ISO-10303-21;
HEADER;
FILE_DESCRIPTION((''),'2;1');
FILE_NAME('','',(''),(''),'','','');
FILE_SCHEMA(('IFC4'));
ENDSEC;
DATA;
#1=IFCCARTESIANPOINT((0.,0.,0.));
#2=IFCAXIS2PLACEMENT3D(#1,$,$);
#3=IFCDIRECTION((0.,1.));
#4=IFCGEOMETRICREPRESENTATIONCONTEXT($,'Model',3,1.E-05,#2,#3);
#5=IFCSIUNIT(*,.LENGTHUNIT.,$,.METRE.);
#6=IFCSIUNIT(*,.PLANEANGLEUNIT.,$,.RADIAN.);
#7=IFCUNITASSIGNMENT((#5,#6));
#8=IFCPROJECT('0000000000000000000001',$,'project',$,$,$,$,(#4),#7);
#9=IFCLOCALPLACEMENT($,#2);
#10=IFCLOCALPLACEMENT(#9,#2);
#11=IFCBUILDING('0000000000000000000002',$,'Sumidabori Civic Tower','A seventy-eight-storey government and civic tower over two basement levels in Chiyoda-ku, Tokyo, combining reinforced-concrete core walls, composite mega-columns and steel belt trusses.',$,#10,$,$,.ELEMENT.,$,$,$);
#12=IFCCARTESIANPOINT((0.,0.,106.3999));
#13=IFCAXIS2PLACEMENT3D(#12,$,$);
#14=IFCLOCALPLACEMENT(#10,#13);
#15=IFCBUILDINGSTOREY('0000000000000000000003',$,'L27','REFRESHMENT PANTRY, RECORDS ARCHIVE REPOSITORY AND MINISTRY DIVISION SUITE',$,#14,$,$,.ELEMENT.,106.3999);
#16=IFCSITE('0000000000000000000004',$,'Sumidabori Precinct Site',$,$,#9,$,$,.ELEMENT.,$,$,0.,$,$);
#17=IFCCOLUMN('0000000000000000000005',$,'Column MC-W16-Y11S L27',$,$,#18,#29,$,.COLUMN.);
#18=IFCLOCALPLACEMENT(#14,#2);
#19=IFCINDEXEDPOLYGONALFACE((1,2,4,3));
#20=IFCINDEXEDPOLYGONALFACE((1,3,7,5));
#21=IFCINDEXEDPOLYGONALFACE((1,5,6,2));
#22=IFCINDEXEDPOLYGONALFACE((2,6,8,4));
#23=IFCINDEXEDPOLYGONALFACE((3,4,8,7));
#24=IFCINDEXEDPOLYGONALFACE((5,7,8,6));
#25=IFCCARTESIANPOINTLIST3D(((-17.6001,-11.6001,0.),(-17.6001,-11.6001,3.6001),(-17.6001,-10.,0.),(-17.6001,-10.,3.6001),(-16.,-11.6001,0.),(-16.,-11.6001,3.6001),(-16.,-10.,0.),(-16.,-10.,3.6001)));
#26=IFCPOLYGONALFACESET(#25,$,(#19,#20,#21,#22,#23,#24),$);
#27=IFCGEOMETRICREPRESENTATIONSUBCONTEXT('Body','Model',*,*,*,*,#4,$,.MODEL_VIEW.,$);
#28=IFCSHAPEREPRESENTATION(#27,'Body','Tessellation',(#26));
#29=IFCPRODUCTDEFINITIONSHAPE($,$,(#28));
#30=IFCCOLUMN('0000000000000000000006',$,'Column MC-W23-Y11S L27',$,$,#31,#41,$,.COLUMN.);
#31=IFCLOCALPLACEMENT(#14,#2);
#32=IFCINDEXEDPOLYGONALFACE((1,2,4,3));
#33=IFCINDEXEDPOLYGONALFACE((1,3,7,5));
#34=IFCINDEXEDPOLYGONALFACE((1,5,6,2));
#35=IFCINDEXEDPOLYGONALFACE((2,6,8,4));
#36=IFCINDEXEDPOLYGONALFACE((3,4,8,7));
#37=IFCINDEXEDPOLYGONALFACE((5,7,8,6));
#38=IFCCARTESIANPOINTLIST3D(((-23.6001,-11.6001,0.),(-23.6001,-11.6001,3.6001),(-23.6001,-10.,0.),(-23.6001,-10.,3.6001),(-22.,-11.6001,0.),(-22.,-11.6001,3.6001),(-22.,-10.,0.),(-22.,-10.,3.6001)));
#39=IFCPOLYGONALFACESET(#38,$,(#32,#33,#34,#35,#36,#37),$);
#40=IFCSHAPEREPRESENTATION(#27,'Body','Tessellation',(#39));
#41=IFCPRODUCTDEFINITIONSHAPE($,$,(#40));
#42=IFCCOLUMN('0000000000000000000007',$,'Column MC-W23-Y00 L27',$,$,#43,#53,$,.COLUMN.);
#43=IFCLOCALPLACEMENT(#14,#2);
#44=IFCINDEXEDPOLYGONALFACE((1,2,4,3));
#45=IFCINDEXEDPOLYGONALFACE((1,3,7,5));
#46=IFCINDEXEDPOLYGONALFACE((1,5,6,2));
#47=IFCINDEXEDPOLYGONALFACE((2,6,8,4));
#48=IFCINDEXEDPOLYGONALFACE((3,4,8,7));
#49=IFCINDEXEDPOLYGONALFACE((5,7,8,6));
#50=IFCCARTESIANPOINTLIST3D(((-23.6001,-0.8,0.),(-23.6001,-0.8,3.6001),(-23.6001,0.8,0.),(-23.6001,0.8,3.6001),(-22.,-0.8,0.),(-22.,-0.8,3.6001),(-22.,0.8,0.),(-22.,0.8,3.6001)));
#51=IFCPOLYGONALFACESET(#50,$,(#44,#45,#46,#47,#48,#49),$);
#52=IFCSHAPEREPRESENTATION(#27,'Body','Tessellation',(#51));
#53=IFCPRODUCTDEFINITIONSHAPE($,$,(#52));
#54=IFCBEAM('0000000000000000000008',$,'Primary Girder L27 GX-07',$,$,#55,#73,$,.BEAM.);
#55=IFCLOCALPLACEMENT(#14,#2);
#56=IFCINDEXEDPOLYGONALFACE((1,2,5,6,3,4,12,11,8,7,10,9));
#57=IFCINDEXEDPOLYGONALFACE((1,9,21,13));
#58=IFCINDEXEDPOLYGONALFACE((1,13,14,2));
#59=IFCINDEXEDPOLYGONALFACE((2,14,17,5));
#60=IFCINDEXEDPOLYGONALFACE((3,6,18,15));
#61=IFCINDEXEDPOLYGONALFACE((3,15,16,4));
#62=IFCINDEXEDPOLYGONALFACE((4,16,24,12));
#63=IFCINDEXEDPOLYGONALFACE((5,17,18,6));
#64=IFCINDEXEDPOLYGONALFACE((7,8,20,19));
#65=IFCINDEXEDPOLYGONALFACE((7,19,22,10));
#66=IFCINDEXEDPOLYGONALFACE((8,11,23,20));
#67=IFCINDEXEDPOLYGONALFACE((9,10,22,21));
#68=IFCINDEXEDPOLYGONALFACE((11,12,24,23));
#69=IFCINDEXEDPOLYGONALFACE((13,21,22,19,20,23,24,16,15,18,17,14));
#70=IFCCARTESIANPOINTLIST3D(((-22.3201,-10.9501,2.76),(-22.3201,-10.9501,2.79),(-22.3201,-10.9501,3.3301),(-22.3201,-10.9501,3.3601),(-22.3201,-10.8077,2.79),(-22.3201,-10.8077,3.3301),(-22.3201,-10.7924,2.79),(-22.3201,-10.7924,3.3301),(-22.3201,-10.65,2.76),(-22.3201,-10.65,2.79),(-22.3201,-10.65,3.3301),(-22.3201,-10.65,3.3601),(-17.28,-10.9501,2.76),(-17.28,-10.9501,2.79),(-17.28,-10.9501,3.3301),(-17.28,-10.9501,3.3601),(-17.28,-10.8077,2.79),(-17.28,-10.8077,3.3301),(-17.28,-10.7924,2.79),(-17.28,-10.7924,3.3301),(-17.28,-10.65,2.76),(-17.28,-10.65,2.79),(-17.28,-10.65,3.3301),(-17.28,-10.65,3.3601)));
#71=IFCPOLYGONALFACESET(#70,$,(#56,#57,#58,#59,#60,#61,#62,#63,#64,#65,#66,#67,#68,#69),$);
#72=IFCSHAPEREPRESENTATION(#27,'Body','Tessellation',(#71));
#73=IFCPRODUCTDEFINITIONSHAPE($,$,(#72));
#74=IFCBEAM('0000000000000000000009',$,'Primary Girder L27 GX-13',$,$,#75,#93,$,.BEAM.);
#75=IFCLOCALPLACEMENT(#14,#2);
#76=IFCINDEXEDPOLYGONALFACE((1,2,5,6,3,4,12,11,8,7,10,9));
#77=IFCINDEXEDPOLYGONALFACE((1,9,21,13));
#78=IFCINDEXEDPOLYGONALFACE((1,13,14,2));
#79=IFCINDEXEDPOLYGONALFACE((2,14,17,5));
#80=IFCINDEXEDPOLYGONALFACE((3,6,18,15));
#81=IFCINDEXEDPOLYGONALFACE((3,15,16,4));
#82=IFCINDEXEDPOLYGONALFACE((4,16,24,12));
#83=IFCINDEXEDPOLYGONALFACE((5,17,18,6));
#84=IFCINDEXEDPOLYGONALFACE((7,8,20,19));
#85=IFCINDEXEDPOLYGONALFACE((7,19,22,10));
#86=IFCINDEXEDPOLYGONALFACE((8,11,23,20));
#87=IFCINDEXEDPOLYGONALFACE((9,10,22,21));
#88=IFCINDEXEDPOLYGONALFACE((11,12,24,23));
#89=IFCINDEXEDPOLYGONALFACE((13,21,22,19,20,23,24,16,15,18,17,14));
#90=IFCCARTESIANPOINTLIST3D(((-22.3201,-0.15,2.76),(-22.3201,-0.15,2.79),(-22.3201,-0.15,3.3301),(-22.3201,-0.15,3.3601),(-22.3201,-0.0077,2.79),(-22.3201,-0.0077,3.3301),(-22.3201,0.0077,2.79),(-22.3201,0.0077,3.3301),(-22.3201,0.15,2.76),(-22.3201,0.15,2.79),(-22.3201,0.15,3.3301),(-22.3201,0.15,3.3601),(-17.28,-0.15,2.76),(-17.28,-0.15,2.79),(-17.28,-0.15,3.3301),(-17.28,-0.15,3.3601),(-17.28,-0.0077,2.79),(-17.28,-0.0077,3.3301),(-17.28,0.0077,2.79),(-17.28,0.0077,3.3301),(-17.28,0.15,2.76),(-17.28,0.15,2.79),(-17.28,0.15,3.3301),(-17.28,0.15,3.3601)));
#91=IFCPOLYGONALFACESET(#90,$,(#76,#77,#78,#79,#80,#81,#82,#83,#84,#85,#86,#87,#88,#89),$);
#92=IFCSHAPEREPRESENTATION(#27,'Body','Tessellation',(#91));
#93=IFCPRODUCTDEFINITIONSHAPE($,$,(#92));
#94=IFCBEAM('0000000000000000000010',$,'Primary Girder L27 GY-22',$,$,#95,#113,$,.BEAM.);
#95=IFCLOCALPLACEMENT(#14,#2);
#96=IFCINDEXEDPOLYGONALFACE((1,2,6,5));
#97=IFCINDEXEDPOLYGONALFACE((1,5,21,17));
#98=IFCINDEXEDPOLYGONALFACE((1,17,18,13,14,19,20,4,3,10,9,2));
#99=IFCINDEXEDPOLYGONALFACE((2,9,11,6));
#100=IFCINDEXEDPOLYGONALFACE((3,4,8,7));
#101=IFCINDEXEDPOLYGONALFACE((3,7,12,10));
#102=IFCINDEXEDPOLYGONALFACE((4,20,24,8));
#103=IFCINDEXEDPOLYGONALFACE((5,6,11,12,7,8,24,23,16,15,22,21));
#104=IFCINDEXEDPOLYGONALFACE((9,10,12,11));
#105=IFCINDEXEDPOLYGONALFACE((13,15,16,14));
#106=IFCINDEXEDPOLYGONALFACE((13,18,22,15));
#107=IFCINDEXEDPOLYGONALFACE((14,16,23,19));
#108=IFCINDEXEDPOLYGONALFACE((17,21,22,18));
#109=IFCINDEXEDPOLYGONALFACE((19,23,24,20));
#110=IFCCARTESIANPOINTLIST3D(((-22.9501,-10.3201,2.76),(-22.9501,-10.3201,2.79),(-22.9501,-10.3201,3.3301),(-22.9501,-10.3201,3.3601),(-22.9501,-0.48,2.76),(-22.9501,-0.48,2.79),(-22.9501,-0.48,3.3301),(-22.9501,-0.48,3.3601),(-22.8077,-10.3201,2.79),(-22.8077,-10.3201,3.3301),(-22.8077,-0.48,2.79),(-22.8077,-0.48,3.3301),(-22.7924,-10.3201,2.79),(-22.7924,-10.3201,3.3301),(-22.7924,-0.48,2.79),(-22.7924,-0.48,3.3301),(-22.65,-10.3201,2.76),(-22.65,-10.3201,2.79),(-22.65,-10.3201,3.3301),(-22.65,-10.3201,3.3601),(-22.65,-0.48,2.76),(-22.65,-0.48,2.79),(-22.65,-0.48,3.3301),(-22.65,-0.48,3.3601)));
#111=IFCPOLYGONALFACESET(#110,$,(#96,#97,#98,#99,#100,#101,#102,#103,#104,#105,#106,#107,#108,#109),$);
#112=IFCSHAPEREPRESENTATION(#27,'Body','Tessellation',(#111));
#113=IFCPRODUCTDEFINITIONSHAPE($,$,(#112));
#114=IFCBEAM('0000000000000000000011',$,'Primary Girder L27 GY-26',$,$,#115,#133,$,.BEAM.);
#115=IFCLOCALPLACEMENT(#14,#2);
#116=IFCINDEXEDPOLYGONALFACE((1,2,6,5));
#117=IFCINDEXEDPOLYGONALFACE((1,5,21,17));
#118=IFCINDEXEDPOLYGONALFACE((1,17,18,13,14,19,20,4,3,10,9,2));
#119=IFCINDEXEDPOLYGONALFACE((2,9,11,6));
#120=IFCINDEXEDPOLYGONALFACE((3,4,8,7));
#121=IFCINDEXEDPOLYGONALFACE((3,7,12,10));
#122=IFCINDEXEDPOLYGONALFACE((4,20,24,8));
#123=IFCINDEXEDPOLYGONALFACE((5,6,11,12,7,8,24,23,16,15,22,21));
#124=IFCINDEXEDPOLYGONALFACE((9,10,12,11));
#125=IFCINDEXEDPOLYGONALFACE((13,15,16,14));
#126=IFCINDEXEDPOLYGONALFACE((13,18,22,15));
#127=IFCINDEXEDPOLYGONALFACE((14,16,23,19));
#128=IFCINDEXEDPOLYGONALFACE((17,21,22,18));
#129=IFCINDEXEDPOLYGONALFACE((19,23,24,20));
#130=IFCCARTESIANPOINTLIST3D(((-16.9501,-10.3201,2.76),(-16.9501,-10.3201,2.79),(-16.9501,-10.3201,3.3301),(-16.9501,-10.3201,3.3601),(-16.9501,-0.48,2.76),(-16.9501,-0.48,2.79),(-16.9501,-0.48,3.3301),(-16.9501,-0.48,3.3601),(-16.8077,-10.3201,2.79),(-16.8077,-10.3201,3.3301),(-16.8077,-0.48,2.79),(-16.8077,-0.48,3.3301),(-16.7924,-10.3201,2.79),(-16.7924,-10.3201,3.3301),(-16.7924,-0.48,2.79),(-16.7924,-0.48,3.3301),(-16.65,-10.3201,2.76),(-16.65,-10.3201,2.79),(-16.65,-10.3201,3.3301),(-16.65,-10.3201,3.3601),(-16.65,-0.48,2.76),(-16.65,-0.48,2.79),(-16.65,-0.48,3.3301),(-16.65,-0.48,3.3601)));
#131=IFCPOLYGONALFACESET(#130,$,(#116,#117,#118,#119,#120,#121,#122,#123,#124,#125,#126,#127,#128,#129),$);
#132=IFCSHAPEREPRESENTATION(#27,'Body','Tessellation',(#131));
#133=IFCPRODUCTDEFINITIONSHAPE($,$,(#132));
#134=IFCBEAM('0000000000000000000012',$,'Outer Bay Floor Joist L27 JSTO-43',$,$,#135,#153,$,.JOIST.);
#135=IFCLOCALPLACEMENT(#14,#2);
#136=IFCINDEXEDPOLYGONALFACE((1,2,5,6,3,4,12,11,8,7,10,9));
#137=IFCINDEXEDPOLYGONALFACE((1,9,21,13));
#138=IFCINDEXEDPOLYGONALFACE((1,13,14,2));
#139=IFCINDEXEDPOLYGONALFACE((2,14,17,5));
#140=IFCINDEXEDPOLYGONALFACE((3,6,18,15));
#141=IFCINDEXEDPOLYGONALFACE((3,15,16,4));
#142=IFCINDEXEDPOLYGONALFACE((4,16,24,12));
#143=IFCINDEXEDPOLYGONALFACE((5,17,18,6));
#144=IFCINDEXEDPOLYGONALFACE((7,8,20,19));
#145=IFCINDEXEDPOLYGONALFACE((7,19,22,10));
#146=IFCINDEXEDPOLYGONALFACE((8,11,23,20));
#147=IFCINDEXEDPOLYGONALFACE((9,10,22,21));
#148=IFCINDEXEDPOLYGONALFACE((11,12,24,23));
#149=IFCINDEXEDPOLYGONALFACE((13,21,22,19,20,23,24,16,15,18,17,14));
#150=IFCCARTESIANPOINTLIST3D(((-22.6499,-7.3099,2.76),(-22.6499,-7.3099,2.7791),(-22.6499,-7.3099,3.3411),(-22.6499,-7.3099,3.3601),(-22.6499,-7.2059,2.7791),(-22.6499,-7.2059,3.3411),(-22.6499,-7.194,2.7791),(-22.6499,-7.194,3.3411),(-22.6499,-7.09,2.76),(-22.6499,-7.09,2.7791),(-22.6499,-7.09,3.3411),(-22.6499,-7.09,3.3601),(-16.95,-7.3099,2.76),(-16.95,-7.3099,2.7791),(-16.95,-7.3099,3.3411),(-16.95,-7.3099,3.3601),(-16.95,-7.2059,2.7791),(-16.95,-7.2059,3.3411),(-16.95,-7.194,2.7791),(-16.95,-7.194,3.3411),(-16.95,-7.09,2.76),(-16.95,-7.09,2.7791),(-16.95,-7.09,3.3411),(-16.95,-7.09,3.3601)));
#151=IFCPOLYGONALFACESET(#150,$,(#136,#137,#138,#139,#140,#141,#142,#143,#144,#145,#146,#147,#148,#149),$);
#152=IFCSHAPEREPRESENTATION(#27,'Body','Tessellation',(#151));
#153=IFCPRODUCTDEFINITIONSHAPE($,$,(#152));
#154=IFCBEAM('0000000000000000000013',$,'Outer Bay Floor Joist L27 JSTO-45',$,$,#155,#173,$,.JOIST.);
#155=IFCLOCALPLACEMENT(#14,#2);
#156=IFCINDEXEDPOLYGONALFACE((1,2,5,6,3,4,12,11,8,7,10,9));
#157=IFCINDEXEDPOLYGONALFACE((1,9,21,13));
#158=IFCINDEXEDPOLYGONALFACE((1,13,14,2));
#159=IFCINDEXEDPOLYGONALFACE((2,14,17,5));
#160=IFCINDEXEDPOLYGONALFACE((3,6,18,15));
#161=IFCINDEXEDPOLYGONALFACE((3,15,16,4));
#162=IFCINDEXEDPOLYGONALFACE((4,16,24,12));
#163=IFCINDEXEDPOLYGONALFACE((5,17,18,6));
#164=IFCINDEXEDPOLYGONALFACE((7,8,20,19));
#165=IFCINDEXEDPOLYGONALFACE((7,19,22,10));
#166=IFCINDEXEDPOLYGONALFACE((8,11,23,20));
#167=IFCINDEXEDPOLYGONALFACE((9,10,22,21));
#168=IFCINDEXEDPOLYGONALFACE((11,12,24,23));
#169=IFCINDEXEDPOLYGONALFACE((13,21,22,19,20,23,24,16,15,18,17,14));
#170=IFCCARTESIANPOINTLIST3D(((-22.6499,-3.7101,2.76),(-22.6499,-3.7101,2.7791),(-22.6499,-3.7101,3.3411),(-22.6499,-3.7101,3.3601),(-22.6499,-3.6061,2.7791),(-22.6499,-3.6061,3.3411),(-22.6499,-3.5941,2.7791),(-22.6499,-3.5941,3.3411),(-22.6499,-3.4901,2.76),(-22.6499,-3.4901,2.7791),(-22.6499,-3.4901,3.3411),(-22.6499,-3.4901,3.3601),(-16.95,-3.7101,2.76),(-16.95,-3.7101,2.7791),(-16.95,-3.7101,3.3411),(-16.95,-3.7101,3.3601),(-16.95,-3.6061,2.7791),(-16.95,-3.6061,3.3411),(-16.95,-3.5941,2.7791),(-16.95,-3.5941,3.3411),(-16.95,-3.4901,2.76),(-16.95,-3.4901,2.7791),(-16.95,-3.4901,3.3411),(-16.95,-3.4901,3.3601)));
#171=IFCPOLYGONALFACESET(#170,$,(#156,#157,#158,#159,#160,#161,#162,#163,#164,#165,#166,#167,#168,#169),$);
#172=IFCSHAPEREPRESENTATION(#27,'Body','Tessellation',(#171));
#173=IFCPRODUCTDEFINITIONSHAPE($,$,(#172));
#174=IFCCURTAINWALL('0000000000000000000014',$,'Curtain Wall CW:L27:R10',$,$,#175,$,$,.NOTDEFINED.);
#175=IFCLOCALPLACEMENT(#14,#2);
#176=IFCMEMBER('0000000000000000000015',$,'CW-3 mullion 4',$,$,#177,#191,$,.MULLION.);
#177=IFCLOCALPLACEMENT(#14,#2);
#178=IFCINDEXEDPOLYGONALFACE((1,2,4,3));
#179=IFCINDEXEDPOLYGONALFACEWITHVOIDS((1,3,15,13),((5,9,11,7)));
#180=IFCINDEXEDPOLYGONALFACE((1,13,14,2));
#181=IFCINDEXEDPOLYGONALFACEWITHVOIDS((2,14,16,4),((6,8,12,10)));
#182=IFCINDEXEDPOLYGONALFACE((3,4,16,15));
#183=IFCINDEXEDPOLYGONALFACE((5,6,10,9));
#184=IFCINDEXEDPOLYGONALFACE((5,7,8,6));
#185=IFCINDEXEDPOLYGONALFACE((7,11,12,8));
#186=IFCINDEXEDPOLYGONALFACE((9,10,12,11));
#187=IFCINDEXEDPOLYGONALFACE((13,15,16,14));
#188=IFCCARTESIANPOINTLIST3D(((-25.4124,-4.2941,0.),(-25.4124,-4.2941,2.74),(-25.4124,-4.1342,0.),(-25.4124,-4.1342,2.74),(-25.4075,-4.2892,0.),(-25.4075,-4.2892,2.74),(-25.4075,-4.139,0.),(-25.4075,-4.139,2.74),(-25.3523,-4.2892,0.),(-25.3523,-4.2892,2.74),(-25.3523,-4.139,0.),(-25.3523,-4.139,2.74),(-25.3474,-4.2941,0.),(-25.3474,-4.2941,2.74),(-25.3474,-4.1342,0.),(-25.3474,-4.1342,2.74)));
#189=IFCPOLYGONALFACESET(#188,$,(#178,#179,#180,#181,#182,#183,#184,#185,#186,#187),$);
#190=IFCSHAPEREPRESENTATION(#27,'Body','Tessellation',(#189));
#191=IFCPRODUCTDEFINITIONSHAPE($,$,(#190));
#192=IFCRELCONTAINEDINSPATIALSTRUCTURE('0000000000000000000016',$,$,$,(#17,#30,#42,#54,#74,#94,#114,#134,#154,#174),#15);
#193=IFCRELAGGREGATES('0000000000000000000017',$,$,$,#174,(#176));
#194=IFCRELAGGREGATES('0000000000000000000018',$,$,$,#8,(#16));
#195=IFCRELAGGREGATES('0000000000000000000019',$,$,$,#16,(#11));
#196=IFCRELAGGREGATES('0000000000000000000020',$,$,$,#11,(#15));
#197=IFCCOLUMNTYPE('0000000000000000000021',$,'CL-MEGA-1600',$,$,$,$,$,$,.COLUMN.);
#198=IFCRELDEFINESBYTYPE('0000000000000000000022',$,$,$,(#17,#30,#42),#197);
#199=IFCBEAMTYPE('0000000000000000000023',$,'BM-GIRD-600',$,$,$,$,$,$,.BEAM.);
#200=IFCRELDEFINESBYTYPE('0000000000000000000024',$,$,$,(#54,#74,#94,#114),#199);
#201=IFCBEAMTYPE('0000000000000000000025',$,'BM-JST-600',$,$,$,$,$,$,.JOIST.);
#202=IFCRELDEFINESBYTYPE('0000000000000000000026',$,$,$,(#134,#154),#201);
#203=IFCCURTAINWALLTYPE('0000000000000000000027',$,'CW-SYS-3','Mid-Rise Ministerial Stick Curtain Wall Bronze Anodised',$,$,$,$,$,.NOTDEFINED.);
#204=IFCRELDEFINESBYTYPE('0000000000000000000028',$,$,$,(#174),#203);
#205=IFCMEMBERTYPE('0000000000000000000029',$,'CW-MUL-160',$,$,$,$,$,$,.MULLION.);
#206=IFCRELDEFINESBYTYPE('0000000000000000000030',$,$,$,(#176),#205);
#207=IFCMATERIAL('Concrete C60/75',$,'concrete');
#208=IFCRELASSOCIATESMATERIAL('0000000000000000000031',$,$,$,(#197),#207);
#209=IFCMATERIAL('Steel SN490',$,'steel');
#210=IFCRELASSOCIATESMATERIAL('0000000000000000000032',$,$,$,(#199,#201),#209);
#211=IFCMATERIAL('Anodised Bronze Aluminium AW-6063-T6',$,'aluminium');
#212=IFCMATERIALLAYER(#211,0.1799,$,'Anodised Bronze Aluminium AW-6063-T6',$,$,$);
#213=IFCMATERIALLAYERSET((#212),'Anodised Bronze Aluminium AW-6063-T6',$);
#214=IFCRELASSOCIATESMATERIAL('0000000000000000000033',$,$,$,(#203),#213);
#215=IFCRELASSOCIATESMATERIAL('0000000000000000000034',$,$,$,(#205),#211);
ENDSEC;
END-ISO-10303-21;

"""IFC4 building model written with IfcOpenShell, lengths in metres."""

from ifc_helpers import new_model, si_unit, direction, frame, origin, origin_2d, place, context, subcontext, project, spatial, rectangle, hollow_rectangle, i_section, extrude, source, transform, mapped, material, layer, layer_set, material_profile, profile_set, type_object, element, aggregate, save


model = new_model("IFC4")

# Units and contexts
model_context = context("Model", 3, precision=1e-05, world=origin(), true_north=direction((0.0, 1.0)))
body_context = subcontext(model_context, "Body", "Model", "MODEL_VIEW")
ifc_project = project(units=[si_unit("LENGTHUNIT", "METRE"), si_unit("PLANEANGLEUNIT", "RADIAN")], contexts=[model_context])

# Site, building, storey
site_placement = place(None, origin())
site = spatial("IfcSite", under=ifc_project, at=site_placement, Name="Sumidabori Precinct Site", CompositionType="ELEMENT", RefElevation=0.0)
building_placement = place(site_placement, origin())
building = spatial("IfcBuilding", under=site, at=building_placement, Name="Sumidabori Civic Tower", Description="A seventy-eight-storey government and civic tower over two basement levels in Chiyoda-ku, Tokyo, combining reinforced-concrete core walls, composite mega-columns and steel belt trusses.", CompositionType="ELEMENT")
storey_placement = place(building_placement, frame((0.0, 0.0, 106.3999)))
storey = spatial("IfcBuildingStorey", under=building, at=storey_placement, Name="L27", Description="REFRESHMENT PANTRY, RECORDS ARCHIVE REPOSITORY AND MINISTRY DIVISION SUITE", CompositionType="ELEMENT", Elevation=106.3999)

# Columns
ifc_material_1 = material(Name="Concrete C60/75", Category="concrete")
ifc_material_profile_1 = material_profile(ifc_material_1, rectangle(XDim=1.6001, YDim=1.6001, at=origin_2d()), Name="RC 1600x1600")
ifc_profile_set_1 = profile_set([ifc_material_profile_1], Name="Concrete C60/75")
column_type = type_object("IfcColumnType", Name="CL-MEGA-1600", PredefinedType="COLUMN", material=ifc_profile_set_1)
shared_shape_1 = source(origin(), body_context, "Body", "SweptSolid", [
    extrude(rectangle(XDim=1.6001, YDim=1.6001, at=origin_2d()), origin(), (0.0, 0.0, 1.0), 3.6001),
])
for number, where, z_axis, x_axis, name in (
    (1, (-16.8, -10.8, 0.0), (0.0, 0.0, 1.0), (1.0, 0.0, 0.0), "Column MC-W16-Y11S L27"),
    (2, (-22.8, -10.8, 0.0), (0.0, 0.0, 1.0), (1.0, 0.0, 0.0), "Column MC-W23-Y11S L27"),
    (3, (-22.8, 0.0, 0.0), (0.0, 0.0, 1.0), (1.0, 0.0, 0.0), "Column MC-W23-Y00 L27"),
):
    element("IfcColumn", number, at=place(storey_placement, frame(where, z_axis=z_axis, x_axis=x_axis)), inside=storey, type_object=column_type, Name=name, PredefinedType="COLUMN", context=body_context, shape_type="MappedRepresentation", body=[
        mapped(shared_shape_1, transform((0.0, 0.0, 0.0), x_axis=(1.0, 0.0, 0.0), y_axis=(0.0, 1.0, 0.0), z_axis=(0.0, 0.0, 1.0), scale=1.0)),
    ])

# Beams
ifc_material_2 = material(Name="Steel SN490", Category="steel")
ifc_material_profile_2 = material_profile(ifc_material_2, i_section(OverallWidth=0.3, OverallDepth=0.6001, WebThickness=0.0154, FlangeThickness=0.03, at=origin_2d()), Name="HE 600 B")
ifc_profile_set_2 = profile_set([ifc_material_profile_2], Name="Steel SN490")
beam_type_1 = type_object("IfcBeamType", Name="BM-GIRD-600", PredefinedType="BEAM", material=ifc_profile_set_2)
shared_shape_2 = source(origin(), body_context, "Body", "SweptSolid", [
    extrude(i_section(OverallWidth=0.3, OverallDepth=0.6001, WebThickness=0.0154, FlangeThickness=0.03, at=origin_2d()), origin(), (0.0, 0.0, 1.0), 5.04),
])
for number, where, z_axis, x_axis, name in (
    (4, (-22.3201, -10.8, 3.0601), (1.0, 0.0, 0.0), (0.0, 1.0, 0.0), "Primary Girder L27 GX-07"),
    (5, (-22.3201, 0.0, 3.0601), (1.0, 0.0, 0.0), (0.0, 1.0, 0.0), "Primary Girder L27 GX-13"),
):
    element("IfcBeam", number, at=place(storey_placement, frame(where, z_axis=z_axis, x_axis=x_axis)), inside=storey, type_object=beam_type_1, Name=name, PredefinedType="BEAM", context=body_context, shape_type="MappedRepresentation", body=[
        mapped(shared_shape_2, transform((0.0, 0.0, 0.0), x_axis=(1.0, 0.0, 0.0), y_axis=(0.0, 1.0, 0.0), z_axis=(0.0, 0.0, 1.0), scale=1.0)),
    ])
shared_shape_3 = source(origin(), body_context, "Body", "SweptSolid", [
    extrude(i_section(OverallWidth=0.3, OverallDepth=0.6001, WebThickness=0.0154, FlangeThickness=0.03, at=origin_2d()), origin(), (0.0, 0.0, 1.0), 9.8401),
])
for number, where, z_axis, x_axis, name in (
    (6, (-22.8, -10.3201, 3.0601), (0.0, 1.0, 0.0), (-1.0, 0.0, 0.0), "Primary Girder L27 GY-22"),
    (7, (-16.8, -10.3201, 3.0601), (0.0, 1.0, 0.0), (-1.0, 0.0, 0.0), "Primary Girder L27 GY-26"),
):
    element("IfcBeam", number, at=place(storey_placement, frame(where, z_axis=z_axis, x_axis=x_axis)), inside=storey, type_object=beam_type_1, Name=name, PredefinedType="BEAM", context=body_context, shape_type="MappedRepresentation", body=[
        mapped(shared_shape_3, transform((0.0, 0.0, 0.0), x_axis=(1.0, 0.0, 0.0), y_axis=(0.0, 1.0, 0.0), z_axis=(0.0, 0.0, 1.0), scale=1.0)),
    ])
ifc_material_profile_3 = material_profile(ifc_material_2, i_section(OverallWidth=0.22, OverallDepth=0.6001, WebThickness=0.012, FlangeThickness=0.019, at=origin_2d()), Name="IPE 600")
ifc_profile_set_3 = profile_set([ifc_material_profile_3], Name="Steel SN490")
beam_type_2 = type_object("IfcBeamType", Name="BM-JST-600", PredefinedType="JOIST", material=ifc_profile_set_3)
shared_shape_4 = source(origin(), body_context, "Body", "SweptSolid", [
    extrude(i_section(OverallWidth=0.22, OverallDepth=0.6001, WebThickness=0.012, FlangeThickness=0.019, at=origin_2d()), origin(), (0.0, 0.0, 1.0), 5.7),
])
for number, where, z_axis, x_axis, name in (
    (8, (-22.6499, -7.2, 3.0601), (1.0, 0.0, 0.0), (0.0, 1.0, 0.0), "Outer Bay Floor Joist L27 JSTO-43"),
    (9, (-22.6499, -3.6001, 3.0601), (1.0, 0.0, 0.0), (0.0, 1.0, 0.0), "Outer Bay Floor Joist L27 JSTO-45"),
):
    element("IfcBeam", number, at=place(storey_placement, frame(where, z_axis=z_axis, x_axis=x_axis)), inside=storey, type_object=beam_type_2, Name=name, PredefinedType="JOIST", context=body_context, shape_type="MappedRepresentation", body=[
        mapped(shared_shape_4, transform((0.0, 0.0, 0.0), x_axis=(1.0, 0.0, 0.0), y_axis=(0.0, 1.0, 0.0), z_axis=(0.0, 0.0, 1.0), scale=1.0)),
    ])

# Curtain wall, member
ifc_material_3 = material(Name="Anodised Bronze Aluminium AW-6063-T6", Category="aluminium")
ifc_layer_1 = layer(ifc_material_3, 0.1799, Name="Anodised Bronze Aluminium AW-6063-T6")
ifc_layer_set_1 = layer_set([ifc_layer_1], Name="Anodised Bronze Aluminium AW-6063-T6")
curtain_wall_type = type_object("IfcCurtainWallType", Name="CW-SYS-3", Description="Mid-Rise Ministerial Stick Curtain Wall Bronze Anodised", PredefinedType="NOTDEFINED", material=ifc_layer_set_1)
curtain_wall_placement = place(storey_placement, origin())
curtain_wall = element("IfcCurtainWall", 10, at=curtain_wall_placement, inside=storey, type_object=curtain_wall_type, Name="Curtain Wall CW:L27:R10", PredefinedType="NOTDEFINED")
ifc_material_profile_4 = material_profile(ifc_material_3, hollow_rectangle(XDim=0.0649, YDim=0.1599, WallThickness=0.0049, at=origin_2d()), Name="ALU MULLION 160x65")
ifc_profile_set_4 = profile_set([ifc_material_profile_4], Name="Anodised Bronze Aluminium AW-6063-T6")
member_type_1 = type_object("IfcMemberType", Name="CW-MUL-160", PredefinedType="MULLION", material=ifc_profile_set_4)
shared_shape_5 = source(origin(), body_context, "Body", "SweptSolid", [
    extrude(hollow_rectangle(XDim=0.0649, YDim=0.1599, WallThickness=0.0049, at=origin_2d()), origin(), (0.0, 0.0, 1.0), 2.74),
])
member_1_placement = place(storey_placement, frame((-25.3799, -4.2141, 0.0), z_axis=(0.0, 0.0, 1.0), x_axis=(1.0, 0.0, 0.0)))
member_1 = element("IfcMember", 11, at=member_1_placement, type_object=member_type_1, Name="CW-3 mullion 4", PredefinedType="MULLION", context=body_context, shape_type="MappedRepresentation", body=[
    mapped(shared_shape_5, transform((0.0, 0.0, 0.0), x_axis=(1.0, 0.0, 0.0), y_axis=(0.0, 1.0, 0.0), z_axis=(0.0, 0.0, 1.0), scale=1.0)),
])
aggregate(curtain_wall, [member_1])

save(model, "model.ifc")
